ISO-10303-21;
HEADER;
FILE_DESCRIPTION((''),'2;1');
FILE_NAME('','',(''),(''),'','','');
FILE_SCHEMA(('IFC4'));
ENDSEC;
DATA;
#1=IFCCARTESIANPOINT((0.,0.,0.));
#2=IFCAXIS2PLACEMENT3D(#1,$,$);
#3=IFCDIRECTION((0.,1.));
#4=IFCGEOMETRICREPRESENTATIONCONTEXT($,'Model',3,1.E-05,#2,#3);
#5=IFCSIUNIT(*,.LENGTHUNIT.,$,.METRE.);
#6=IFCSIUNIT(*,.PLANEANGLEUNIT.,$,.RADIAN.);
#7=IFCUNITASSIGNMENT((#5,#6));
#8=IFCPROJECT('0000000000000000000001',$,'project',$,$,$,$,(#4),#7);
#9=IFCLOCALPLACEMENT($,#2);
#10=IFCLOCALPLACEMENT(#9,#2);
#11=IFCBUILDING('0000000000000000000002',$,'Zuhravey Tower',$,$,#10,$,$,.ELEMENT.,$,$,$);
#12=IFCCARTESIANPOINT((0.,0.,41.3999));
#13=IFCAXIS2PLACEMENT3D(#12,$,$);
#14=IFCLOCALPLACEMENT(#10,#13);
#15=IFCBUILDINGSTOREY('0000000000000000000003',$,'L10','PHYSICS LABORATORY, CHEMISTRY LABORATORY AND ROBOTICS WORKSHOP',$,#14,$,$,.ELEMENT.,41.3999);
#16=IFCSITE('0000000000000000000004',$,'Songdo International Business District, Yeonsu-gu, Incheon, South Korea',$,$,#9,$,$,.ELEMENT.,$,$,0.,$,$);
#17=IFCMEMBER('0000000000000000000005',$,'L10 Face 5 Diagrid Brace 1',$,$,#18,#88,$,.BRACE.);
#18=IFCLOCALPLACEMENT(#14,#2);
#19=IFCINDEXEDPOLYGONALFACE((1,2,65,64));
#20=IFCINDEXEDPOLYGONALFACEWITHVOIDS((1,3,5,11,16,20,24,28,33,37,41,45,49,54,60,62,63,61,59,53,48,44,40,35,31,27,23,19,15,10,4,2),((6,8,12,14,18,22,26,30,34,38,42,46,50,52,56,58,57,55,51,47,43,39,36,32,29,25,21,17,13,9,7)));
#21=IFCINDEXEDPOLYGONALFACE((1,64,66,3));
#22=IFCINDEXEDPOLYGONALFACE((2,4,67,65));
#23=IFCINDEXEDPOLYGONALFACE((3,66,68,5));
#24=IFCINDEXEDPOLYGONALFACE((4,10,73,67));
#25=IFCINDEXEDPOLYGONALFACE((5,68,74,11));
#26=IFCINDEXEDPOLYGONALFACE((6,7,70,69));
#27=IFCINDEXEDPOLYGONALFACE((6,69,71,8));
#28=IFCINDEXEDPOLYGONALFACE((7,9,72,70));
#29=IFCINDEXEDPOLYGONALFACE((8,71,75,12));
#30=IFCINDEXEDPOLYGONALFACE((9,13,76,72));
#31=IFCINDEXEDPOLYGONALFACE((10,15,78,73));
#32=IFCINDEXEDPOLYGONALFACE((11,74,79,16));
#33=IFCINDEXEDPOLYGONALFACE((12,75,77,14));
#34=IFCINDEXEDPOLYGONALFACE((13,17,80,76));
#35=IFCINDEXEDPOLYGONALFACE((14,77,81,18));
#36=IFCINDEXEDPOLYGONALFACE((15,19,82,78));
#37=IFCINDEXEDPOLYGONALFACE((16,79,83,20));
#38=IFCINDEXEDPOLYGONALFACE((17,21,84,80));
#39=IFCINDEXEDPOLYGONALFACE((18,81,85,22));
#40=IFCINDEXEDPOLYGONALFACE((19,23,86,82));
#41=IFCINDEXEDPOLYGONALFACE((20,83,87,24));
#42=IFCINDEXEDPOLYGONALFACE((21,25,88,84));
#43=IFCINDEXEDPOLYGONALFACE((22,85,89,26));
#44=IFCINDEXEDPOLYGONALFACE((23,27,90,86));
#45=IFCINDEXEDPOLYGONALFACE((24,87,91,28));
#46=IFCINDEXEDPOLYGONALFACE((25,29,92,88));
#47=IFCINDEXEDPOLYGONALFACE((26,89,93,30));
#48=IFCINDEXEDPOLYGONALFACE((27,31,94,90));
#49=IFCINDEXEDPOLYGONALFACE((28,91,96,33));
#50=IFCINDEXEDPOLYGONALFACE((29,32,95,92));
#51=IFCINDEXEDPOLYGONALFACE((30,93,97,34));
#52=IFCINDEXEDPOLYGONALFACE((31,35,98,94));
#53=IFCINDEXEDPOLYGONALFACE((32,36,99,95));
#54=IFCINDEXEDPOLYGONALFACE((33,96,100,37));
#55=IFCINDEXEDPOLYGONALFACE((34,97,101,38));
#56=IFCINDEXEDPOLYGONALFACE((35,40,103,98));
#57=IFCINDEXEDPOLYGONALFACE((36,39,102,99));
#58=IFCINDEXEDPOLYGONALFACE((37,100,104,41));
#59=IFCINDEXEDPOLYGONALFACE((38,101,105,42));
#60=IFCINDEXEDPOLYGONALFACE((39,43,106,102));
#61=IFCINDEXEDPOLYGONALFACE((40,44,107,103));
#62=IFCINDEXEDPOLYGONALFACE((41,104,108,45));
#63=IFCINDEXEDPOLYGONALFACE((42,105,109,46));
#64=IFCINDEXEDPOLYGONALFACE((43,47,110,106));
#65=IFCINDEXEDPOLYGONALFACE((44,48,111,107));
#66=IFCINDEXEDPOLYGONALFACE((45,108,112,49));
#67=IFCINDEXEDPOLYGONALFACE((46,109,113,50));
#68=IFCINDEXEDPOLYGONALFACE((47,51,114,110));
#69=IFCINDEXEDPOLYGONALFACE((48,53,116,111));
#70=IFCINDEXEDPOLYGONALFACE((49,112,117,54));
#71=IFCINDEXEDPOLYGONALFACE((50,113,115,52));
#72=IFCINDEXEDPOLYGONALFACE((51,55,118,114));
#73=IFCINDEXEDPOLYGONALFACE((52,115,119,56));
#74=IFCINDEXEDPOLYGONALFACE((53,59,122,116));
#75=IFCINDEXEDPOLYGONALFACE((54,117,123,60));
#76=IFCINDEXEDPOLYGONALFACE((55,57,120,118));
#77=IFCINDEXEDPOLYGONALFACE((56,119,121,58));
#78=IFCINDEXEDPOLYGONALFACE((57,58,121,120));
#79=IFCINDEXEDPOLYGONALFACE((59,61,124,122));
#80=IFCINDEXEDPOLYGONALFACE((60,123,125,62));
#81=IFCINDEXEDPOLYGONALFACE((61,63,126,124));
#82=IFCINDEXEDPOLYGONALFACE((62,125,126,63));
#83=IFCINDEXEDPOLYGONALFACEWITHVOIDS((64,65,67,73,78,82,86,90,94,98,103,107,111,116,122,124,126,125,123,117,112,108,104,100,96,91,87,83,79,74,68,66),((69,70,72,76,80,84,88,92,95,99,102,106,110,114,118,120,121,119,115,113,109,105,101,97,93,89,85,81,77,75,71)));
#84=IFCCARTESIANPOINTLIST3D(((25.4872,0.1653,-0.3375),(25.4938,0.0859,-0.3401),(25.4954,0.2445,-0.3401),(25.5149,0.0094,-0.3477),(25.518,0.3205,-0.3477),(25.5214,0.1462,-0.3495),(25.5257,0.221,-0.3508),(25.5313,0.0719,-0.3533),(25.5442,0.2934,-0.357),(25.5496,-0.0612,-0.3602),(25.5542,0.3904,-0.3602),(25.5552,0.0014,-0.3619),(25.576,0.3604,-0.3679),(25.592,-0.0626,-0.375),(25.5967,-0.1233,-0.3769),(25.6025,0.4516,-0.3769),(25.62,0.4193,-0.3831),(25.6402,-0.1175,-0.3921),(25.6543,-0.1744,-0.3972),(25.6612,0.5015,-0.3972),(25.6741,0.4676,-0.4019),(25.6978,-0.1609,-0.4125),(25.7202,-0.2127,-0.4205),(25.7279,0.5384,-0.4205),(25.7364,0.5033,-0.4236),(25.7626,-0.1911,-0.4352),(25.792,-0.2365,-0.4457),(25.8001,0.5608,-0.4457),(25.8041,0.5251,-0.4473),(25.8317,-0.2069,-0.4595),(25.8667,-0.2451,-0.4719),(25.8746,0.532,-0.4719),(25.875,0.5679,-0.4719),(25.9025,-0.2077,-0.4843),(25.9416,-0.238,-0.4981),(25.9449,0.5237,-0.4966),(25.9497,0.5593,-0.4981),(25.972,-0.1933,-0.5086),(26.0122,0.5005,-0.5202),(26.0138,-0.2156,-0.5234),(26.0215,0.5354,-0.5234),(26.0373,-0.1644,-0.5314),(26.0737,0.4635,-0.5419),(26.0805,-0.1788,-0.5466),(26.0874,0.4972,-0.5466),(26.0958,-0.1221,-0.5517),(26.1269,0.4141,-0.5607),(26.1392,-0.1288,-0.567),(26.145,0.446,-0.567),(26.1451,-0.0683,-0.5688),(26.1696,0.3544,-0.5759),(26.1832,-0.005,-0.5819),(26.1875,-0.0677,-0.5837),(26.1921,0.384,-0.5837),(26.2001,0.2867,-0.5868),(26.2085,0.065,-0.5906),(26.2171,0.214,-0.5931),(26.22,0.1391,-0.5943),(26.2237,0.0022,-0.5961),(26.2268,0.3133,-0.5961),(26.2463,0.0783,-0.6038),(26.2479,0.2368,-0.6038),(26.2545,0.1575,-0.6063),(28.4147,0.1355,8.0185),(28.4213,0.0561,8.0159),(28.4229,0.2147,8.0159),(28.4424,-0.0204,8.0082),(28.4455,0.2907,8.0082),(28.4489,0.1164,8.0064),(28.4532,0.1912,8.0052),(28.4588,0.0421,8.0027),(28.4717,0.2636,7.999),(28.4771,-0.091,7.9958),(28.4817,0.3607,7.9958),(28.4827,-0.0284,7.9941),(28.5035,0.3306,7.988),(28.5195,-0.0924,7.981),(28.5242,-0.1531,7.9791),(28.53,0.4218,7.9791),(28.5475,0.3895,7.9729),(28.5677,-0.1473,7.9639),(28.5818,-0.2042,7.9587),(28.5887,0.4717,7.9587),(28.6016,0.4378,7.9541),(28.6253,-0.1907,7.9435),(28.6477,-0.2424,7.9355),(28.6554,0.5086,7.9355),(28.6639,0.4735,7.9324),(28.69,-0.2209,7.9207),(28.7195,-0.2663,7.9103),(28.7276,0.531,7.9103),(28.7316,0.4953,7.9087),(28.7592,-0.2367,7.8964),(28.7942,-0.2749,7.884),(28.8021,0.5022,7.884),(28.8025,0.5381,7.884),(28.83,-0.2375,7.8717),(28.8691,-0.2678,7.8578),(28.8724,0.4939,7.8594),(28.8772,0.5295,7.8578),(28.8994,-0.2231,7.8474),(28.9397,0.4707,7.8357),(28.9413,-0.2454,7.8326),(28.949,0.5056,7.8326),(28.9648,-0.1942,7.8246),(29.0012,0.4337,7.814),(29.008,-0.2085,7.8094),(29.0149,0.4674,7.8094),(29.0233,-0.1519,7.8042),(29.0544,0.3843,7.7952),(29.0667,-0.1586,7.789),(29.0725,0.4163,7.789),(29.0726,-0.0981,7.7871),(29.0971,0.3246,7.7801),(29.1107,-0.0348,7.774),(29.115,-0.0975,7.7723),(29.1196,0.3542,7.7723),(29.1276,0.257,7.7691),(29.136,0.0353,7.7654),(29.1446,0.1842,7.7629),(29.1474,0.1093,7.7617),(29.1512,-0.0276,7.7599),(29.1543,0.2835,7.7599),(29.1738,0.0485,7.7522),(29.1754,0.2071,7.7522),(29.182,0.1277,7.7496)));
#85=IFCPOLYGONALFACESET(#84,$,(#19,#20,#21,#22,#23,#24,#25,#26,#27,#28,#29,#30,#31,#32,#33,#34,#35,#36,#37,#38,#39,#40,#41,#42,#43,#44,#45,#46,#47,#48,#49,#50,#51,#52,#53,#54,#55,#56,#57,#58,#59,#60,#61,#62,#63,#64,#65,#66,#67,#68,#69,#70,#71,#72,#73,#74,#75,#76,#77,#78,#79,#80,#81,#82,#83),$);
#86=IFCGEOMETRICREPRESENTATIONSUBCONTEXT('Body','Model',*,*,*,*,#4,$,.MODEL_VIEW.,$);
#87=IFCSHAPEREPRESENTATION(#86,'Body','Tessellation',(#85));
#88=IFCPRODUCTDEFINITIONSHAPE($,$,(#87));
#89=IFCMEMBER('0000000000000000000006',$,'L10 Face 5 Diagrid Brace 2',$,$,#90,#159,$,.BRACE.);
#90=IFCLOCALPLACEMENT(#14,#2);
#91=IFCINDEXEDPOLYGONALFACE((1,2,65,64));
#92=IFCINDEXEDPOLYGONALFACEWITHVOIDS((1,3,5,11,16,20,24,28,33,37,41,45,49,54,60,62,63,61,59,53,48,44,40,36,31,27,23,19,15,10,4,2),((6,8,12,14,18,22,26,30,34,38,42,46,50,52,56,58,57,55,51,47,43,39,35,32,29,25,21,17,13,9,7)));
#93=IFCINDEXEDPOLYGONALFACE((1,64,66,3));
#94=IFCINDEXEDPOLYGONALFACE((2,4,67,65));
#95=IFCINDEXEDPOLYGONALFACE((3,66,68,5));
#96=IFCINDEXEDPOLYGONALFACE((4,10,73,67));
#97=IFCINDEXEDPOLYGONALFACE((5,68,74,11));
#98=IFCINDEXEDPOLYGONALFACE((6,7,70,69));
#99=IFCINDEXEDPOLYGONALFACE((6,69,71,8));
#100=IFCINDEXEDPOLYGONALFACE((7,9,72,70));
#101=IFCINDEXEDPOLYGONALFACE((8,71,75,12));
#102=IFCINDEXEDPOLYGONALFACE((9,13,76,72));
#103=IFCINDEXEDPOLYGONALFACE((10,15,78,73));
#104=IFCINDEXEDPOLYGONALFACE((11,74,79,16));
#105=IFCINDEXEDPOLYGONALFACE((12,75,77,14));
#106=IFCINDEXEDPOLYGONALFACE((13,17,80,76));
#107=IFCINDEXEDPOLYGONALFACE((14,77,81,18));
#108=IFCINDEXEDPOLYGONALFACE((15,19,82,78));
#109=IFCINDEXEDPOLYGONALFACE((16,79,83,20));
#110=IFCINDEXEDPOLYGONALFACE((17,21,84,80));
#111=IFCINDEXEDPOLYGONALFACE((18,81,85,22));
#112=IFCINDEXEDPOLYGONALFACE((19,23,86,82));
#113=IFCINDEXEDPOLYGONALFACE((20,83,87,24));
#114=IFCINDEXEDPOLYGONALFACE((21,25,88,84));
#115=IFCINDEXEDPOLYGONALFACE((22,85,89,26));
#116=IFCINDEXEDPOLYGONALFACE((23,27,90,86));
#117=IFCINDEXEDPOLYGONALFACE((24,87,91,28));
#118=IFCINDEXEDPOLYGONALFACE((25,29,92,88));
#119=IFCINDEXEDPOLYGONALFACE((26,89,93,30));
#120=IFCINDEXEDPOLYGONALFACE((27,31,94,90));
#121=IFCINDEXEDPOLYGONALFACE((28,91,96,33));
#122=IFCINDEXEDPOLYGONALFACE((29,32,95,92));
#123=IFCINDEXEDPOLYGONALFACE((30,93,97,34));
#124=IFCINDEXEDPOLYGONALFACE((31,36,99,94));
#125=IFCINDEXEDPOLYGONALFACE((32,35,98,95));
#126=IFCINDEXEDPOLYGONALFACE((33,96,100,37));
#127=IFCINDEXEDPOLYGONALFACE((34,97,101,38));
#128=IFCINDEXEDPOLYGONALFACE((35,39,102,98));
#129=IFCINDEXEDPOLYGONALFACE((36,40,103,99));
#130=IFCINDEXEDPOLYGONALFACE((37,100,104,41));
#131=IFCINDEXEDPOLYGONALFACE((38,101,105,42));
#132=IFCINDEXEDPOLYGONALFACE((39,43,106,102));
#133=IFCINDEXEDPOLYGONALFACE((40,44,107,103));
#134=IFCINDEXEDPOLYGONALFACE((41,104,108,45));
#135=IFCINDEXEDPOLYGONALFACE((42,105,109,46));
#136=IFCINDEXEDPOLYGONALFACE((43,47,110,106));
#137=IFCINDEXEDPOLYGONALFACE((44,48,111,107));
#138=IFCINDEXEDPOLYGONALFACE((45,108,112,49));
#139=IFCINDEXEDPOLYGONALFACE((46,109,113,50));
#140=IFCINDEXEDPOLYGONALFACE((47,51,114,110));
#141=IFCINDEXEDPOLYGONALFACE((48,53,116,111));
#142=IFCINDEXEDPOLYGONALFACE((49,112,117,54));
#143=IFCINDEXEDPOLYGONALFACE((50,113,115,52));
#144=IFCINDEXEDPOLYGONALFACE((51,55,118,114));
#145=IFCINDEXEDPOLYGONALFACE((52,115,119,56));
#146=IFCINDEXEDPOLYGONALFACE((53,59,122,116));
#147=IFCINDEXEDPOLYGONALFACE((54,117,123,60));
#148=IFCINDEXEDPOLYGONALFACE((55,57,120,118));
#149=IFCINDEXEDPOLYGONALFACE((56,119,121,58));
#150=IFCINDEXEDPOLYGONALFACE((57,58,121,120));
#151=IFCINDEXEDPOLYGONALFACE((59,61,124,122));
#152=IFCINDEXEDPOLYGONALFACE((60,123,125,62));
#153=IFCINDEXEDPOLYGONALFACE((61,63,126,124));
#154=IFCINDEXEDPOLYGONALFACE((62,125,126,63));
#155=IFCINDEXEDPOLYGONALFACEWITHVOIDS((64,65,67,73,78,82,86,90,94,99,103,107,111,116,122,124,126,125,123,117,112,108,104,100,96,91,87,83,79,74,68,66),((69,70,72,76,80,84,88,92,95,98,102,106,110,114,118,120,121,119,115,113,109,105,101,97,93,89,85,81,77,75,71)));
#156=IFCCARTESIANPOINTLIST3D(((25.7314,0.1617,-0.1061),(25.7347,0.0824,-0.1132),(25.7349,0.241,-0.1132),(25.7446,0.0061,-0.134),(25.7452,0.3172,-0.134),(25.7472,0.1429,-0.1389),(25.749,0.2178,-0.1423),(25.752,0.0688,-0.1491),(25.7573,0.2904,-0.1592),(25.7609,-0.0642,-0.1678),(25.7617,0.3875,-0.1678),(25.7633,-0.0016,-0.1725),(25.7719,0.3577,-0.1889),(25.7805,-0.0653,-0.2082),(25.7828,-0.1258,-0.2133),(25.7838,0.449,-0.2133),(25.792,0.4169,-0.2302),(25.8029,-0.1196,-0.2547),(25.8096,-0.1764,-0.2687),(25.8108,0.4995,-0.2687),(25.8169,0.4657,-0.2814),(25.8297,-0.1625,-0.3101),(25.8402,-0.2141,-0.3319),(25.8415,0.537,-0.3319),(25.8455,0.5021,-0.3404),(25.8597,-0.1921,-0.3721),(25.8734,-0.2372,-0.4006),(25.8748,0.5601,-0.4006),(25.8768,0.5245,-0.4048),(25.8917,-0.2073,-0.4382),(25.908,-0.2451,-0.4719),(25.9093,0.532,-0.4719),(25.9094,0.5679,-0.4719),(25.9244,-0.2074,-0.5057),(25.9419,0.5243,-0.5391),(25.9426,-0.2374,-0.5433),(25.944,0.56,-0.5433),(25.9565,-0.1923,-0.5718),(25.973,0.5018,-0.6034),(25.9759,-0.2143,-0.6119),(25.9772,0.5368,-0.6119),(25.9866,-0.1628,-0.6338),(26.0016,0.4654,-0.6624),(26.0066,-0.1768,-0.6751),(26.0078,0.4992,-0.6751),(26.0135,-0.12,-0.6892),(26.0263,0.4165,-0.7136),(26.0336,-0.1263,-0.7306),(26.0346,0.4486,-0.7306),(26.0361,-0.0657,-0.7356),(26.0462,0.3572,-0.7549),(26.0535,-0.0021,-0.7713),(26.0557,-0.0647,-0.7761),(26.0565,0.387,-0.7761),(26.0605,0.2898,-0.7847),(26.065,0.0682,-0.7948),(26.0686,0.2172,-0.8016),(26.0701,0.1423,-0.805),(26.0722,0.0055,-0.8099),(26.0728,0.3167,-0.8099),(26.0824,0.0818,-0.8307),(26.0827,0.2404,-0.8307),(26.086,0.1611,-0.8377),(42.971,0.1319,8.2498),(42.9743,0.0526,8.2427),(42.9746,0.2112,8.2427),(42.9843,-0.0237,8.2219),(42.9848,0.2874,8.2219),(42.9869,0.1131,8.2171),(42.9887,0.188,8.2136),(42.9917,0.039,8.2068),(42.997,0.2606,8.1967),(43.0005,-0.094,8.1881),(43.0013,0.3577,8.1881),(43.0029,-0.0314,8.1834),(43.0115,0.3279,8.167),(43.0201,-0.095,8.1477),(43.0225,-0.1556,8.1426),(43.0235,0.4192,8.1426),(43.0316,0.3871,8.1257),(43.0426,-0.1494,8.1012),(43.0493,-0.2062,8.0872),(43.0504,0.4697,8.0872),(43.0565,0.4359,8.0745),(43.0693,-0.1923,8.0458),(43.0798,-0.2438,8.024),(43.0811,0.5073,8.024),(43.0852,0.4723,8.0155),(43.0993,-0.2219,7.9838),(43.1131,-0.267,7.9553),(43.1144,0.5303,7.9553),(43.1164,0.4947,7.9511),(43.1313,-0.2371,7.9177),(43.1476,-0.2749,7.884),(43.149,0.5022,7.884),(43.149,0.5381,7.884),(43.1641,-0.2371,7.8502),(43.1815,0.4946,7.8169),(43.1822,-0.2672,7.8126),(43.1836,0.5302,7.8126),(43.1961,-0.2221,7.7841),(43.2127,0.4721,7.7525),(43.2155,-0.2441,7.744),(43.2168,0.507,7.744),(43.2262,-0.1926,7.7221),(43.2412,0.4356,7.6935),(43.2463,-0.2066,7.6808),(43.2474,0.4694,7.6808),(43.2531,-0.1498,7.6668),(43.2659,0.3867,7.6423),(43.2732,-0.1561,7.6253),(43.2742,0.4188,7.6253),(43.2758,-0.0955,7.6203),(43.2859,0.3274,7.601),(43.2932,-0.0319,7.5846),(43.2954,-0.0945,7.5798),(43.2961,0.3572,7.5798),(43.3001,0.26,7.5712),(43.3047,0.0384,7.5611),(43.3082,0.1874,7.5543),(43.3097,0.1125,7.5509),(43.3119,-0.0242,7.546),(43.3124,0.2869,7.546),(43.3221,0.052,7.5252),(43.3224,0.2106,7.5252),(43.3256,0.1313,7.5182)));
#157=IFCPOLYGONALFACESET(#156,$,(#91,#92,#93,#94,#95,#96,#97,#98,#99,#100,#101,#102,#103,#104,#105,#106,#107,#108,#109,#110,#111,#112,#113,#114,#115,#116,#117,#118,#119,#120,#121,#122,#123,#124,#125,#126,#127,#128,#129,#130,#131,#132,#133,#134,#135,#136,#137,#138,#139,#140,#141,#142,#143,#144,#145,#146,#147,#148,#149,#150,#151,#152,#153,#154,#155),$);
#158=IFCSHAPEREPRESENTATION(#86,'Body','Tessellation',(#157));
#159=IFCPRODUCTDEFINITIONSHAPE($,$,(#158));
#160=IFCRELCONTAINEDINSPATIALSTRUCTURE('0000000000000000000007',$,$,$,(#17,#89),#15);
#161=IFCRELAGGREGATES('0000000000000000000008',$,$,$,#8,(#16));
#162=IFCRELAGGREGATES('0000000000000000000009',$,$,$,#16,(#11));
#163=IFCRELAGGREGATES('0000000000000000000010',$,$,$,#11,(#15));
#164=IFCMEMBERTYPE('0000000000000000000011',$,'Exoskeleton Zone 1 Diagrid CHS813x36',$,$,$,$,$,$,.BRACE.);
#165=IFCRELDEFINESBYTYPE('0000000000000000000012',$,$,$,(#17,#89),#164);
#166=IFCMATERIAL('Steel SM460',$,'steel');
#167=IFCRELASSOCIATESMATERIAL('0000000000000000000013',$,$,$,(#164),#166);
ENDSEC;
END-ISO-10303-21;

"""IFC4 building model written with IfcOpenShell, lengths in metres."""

from ifc_helpers import new_model, si_unit, direction, frame, origin, origin_2d, place, context, subcontext, project, spatial, hollow_circle, extrude, material, material_profile, profile_set, type_object, element, save


model = new_model("IFC4")

# Units and contexts
model_context = context("Model", 3, precision=1e-05, world=origin(), true_north=direction((0.0, 1.0)))
body_context = subcontext(model_context, "Body", "Model", "MODEL_VIEW")
ifc_project = project(units=[si_unit("LENGTHUNIT", "METRE"), si_unit("PLANEANGLEUNIT", "RADIAN")], contexts=[model_context])

# Site, building, storey
site_placement = place(None, origin())
site = spatial("IfcSite", under=ifc_project, at=site_placement, Name="Songdo International Business District, Yeonsu-gu, Incheon, South Korea", CompositionType="ELEMENT", RefElevation=0.0)
building_placement = place(site_placement, origin())
building = spatial("IfcBuilding", under=site, at=building_placement, Name="Zuhravey Tower", CompositionType="ELEMENT")
storey_placement = place(building_placement, frame((0.0, 0.0, 41.3999)))
storey = spatial("IfcBuildingStorey", under=building, at=storey_placement, Name="L10", Description="PHYSICS LABORATORY, CHEMISTRY LABORATORY AND ROBOTICS WORKSHOP", CompositionType="ELEMENT", Elevation=41.3999)

# Members
ifc_material_1 = material(Name="Steel SM460", Category="steel")
ifc_material_profile_1 = material_profile(ifc_material_1, hollow_circle(Radius=0.4065, WallThickness=0.0359, at=origin_2d()), Name="CHS-812.8x36")
ifc_profile_set_1 = profile_set([ifc_material_profile_1], Name="Steel SM460")
member_type_1 = type_object("IfcMemberType", Name="Exoskeleton Zone 1 Diagrid CHS813x36", PredefinedType="BRACE", material=ifc_profile_set_1)
member_1_placement = place(storey_placement, frame((25.8708, 0.1614, -0.4719), z_axis=(0.330641, -0.003364, 0.943751), x_axis=(0.010174, 0.999948, 0.0)))
element("IfcMember", 1, at=member_1_placement, inside=storey, type_object=member_type_1, Name="L10 Face 5 Diagrid Brace 1", PredefinedType="BRACE", context=body_context, shape_type="SweptSolid", body=[
    extrude(hollow_circle(Radius=0.4065, WallThickness=0.0359, at=origin_2d()), origin(), (0.0, 0.0, 1.0), 8.854),
])
member_2_placement = place(storey_placement, frame((25.9087, 0.1614, -0.4719), z_axis=(0.899868, -0.001555, 0.436159), x_axis=(0.001728, 0.999999, 0.0)))
element("IfcMember", 2, at=member_2_placement, inside=storey, type_object=member_type_1, Name="L10 Face 5 Diagrid Brace 2", PredefinedType="BRACE", context=body_context, shape_type="SweptSolid", body=[
    extrude(hollow_circle(Radius=0.4065, WallThickness=0.0359, at=origin_2d()), origin(), (0.0, 0.0, 1.0), 19.158),
])

save(model, "model.ifc")
